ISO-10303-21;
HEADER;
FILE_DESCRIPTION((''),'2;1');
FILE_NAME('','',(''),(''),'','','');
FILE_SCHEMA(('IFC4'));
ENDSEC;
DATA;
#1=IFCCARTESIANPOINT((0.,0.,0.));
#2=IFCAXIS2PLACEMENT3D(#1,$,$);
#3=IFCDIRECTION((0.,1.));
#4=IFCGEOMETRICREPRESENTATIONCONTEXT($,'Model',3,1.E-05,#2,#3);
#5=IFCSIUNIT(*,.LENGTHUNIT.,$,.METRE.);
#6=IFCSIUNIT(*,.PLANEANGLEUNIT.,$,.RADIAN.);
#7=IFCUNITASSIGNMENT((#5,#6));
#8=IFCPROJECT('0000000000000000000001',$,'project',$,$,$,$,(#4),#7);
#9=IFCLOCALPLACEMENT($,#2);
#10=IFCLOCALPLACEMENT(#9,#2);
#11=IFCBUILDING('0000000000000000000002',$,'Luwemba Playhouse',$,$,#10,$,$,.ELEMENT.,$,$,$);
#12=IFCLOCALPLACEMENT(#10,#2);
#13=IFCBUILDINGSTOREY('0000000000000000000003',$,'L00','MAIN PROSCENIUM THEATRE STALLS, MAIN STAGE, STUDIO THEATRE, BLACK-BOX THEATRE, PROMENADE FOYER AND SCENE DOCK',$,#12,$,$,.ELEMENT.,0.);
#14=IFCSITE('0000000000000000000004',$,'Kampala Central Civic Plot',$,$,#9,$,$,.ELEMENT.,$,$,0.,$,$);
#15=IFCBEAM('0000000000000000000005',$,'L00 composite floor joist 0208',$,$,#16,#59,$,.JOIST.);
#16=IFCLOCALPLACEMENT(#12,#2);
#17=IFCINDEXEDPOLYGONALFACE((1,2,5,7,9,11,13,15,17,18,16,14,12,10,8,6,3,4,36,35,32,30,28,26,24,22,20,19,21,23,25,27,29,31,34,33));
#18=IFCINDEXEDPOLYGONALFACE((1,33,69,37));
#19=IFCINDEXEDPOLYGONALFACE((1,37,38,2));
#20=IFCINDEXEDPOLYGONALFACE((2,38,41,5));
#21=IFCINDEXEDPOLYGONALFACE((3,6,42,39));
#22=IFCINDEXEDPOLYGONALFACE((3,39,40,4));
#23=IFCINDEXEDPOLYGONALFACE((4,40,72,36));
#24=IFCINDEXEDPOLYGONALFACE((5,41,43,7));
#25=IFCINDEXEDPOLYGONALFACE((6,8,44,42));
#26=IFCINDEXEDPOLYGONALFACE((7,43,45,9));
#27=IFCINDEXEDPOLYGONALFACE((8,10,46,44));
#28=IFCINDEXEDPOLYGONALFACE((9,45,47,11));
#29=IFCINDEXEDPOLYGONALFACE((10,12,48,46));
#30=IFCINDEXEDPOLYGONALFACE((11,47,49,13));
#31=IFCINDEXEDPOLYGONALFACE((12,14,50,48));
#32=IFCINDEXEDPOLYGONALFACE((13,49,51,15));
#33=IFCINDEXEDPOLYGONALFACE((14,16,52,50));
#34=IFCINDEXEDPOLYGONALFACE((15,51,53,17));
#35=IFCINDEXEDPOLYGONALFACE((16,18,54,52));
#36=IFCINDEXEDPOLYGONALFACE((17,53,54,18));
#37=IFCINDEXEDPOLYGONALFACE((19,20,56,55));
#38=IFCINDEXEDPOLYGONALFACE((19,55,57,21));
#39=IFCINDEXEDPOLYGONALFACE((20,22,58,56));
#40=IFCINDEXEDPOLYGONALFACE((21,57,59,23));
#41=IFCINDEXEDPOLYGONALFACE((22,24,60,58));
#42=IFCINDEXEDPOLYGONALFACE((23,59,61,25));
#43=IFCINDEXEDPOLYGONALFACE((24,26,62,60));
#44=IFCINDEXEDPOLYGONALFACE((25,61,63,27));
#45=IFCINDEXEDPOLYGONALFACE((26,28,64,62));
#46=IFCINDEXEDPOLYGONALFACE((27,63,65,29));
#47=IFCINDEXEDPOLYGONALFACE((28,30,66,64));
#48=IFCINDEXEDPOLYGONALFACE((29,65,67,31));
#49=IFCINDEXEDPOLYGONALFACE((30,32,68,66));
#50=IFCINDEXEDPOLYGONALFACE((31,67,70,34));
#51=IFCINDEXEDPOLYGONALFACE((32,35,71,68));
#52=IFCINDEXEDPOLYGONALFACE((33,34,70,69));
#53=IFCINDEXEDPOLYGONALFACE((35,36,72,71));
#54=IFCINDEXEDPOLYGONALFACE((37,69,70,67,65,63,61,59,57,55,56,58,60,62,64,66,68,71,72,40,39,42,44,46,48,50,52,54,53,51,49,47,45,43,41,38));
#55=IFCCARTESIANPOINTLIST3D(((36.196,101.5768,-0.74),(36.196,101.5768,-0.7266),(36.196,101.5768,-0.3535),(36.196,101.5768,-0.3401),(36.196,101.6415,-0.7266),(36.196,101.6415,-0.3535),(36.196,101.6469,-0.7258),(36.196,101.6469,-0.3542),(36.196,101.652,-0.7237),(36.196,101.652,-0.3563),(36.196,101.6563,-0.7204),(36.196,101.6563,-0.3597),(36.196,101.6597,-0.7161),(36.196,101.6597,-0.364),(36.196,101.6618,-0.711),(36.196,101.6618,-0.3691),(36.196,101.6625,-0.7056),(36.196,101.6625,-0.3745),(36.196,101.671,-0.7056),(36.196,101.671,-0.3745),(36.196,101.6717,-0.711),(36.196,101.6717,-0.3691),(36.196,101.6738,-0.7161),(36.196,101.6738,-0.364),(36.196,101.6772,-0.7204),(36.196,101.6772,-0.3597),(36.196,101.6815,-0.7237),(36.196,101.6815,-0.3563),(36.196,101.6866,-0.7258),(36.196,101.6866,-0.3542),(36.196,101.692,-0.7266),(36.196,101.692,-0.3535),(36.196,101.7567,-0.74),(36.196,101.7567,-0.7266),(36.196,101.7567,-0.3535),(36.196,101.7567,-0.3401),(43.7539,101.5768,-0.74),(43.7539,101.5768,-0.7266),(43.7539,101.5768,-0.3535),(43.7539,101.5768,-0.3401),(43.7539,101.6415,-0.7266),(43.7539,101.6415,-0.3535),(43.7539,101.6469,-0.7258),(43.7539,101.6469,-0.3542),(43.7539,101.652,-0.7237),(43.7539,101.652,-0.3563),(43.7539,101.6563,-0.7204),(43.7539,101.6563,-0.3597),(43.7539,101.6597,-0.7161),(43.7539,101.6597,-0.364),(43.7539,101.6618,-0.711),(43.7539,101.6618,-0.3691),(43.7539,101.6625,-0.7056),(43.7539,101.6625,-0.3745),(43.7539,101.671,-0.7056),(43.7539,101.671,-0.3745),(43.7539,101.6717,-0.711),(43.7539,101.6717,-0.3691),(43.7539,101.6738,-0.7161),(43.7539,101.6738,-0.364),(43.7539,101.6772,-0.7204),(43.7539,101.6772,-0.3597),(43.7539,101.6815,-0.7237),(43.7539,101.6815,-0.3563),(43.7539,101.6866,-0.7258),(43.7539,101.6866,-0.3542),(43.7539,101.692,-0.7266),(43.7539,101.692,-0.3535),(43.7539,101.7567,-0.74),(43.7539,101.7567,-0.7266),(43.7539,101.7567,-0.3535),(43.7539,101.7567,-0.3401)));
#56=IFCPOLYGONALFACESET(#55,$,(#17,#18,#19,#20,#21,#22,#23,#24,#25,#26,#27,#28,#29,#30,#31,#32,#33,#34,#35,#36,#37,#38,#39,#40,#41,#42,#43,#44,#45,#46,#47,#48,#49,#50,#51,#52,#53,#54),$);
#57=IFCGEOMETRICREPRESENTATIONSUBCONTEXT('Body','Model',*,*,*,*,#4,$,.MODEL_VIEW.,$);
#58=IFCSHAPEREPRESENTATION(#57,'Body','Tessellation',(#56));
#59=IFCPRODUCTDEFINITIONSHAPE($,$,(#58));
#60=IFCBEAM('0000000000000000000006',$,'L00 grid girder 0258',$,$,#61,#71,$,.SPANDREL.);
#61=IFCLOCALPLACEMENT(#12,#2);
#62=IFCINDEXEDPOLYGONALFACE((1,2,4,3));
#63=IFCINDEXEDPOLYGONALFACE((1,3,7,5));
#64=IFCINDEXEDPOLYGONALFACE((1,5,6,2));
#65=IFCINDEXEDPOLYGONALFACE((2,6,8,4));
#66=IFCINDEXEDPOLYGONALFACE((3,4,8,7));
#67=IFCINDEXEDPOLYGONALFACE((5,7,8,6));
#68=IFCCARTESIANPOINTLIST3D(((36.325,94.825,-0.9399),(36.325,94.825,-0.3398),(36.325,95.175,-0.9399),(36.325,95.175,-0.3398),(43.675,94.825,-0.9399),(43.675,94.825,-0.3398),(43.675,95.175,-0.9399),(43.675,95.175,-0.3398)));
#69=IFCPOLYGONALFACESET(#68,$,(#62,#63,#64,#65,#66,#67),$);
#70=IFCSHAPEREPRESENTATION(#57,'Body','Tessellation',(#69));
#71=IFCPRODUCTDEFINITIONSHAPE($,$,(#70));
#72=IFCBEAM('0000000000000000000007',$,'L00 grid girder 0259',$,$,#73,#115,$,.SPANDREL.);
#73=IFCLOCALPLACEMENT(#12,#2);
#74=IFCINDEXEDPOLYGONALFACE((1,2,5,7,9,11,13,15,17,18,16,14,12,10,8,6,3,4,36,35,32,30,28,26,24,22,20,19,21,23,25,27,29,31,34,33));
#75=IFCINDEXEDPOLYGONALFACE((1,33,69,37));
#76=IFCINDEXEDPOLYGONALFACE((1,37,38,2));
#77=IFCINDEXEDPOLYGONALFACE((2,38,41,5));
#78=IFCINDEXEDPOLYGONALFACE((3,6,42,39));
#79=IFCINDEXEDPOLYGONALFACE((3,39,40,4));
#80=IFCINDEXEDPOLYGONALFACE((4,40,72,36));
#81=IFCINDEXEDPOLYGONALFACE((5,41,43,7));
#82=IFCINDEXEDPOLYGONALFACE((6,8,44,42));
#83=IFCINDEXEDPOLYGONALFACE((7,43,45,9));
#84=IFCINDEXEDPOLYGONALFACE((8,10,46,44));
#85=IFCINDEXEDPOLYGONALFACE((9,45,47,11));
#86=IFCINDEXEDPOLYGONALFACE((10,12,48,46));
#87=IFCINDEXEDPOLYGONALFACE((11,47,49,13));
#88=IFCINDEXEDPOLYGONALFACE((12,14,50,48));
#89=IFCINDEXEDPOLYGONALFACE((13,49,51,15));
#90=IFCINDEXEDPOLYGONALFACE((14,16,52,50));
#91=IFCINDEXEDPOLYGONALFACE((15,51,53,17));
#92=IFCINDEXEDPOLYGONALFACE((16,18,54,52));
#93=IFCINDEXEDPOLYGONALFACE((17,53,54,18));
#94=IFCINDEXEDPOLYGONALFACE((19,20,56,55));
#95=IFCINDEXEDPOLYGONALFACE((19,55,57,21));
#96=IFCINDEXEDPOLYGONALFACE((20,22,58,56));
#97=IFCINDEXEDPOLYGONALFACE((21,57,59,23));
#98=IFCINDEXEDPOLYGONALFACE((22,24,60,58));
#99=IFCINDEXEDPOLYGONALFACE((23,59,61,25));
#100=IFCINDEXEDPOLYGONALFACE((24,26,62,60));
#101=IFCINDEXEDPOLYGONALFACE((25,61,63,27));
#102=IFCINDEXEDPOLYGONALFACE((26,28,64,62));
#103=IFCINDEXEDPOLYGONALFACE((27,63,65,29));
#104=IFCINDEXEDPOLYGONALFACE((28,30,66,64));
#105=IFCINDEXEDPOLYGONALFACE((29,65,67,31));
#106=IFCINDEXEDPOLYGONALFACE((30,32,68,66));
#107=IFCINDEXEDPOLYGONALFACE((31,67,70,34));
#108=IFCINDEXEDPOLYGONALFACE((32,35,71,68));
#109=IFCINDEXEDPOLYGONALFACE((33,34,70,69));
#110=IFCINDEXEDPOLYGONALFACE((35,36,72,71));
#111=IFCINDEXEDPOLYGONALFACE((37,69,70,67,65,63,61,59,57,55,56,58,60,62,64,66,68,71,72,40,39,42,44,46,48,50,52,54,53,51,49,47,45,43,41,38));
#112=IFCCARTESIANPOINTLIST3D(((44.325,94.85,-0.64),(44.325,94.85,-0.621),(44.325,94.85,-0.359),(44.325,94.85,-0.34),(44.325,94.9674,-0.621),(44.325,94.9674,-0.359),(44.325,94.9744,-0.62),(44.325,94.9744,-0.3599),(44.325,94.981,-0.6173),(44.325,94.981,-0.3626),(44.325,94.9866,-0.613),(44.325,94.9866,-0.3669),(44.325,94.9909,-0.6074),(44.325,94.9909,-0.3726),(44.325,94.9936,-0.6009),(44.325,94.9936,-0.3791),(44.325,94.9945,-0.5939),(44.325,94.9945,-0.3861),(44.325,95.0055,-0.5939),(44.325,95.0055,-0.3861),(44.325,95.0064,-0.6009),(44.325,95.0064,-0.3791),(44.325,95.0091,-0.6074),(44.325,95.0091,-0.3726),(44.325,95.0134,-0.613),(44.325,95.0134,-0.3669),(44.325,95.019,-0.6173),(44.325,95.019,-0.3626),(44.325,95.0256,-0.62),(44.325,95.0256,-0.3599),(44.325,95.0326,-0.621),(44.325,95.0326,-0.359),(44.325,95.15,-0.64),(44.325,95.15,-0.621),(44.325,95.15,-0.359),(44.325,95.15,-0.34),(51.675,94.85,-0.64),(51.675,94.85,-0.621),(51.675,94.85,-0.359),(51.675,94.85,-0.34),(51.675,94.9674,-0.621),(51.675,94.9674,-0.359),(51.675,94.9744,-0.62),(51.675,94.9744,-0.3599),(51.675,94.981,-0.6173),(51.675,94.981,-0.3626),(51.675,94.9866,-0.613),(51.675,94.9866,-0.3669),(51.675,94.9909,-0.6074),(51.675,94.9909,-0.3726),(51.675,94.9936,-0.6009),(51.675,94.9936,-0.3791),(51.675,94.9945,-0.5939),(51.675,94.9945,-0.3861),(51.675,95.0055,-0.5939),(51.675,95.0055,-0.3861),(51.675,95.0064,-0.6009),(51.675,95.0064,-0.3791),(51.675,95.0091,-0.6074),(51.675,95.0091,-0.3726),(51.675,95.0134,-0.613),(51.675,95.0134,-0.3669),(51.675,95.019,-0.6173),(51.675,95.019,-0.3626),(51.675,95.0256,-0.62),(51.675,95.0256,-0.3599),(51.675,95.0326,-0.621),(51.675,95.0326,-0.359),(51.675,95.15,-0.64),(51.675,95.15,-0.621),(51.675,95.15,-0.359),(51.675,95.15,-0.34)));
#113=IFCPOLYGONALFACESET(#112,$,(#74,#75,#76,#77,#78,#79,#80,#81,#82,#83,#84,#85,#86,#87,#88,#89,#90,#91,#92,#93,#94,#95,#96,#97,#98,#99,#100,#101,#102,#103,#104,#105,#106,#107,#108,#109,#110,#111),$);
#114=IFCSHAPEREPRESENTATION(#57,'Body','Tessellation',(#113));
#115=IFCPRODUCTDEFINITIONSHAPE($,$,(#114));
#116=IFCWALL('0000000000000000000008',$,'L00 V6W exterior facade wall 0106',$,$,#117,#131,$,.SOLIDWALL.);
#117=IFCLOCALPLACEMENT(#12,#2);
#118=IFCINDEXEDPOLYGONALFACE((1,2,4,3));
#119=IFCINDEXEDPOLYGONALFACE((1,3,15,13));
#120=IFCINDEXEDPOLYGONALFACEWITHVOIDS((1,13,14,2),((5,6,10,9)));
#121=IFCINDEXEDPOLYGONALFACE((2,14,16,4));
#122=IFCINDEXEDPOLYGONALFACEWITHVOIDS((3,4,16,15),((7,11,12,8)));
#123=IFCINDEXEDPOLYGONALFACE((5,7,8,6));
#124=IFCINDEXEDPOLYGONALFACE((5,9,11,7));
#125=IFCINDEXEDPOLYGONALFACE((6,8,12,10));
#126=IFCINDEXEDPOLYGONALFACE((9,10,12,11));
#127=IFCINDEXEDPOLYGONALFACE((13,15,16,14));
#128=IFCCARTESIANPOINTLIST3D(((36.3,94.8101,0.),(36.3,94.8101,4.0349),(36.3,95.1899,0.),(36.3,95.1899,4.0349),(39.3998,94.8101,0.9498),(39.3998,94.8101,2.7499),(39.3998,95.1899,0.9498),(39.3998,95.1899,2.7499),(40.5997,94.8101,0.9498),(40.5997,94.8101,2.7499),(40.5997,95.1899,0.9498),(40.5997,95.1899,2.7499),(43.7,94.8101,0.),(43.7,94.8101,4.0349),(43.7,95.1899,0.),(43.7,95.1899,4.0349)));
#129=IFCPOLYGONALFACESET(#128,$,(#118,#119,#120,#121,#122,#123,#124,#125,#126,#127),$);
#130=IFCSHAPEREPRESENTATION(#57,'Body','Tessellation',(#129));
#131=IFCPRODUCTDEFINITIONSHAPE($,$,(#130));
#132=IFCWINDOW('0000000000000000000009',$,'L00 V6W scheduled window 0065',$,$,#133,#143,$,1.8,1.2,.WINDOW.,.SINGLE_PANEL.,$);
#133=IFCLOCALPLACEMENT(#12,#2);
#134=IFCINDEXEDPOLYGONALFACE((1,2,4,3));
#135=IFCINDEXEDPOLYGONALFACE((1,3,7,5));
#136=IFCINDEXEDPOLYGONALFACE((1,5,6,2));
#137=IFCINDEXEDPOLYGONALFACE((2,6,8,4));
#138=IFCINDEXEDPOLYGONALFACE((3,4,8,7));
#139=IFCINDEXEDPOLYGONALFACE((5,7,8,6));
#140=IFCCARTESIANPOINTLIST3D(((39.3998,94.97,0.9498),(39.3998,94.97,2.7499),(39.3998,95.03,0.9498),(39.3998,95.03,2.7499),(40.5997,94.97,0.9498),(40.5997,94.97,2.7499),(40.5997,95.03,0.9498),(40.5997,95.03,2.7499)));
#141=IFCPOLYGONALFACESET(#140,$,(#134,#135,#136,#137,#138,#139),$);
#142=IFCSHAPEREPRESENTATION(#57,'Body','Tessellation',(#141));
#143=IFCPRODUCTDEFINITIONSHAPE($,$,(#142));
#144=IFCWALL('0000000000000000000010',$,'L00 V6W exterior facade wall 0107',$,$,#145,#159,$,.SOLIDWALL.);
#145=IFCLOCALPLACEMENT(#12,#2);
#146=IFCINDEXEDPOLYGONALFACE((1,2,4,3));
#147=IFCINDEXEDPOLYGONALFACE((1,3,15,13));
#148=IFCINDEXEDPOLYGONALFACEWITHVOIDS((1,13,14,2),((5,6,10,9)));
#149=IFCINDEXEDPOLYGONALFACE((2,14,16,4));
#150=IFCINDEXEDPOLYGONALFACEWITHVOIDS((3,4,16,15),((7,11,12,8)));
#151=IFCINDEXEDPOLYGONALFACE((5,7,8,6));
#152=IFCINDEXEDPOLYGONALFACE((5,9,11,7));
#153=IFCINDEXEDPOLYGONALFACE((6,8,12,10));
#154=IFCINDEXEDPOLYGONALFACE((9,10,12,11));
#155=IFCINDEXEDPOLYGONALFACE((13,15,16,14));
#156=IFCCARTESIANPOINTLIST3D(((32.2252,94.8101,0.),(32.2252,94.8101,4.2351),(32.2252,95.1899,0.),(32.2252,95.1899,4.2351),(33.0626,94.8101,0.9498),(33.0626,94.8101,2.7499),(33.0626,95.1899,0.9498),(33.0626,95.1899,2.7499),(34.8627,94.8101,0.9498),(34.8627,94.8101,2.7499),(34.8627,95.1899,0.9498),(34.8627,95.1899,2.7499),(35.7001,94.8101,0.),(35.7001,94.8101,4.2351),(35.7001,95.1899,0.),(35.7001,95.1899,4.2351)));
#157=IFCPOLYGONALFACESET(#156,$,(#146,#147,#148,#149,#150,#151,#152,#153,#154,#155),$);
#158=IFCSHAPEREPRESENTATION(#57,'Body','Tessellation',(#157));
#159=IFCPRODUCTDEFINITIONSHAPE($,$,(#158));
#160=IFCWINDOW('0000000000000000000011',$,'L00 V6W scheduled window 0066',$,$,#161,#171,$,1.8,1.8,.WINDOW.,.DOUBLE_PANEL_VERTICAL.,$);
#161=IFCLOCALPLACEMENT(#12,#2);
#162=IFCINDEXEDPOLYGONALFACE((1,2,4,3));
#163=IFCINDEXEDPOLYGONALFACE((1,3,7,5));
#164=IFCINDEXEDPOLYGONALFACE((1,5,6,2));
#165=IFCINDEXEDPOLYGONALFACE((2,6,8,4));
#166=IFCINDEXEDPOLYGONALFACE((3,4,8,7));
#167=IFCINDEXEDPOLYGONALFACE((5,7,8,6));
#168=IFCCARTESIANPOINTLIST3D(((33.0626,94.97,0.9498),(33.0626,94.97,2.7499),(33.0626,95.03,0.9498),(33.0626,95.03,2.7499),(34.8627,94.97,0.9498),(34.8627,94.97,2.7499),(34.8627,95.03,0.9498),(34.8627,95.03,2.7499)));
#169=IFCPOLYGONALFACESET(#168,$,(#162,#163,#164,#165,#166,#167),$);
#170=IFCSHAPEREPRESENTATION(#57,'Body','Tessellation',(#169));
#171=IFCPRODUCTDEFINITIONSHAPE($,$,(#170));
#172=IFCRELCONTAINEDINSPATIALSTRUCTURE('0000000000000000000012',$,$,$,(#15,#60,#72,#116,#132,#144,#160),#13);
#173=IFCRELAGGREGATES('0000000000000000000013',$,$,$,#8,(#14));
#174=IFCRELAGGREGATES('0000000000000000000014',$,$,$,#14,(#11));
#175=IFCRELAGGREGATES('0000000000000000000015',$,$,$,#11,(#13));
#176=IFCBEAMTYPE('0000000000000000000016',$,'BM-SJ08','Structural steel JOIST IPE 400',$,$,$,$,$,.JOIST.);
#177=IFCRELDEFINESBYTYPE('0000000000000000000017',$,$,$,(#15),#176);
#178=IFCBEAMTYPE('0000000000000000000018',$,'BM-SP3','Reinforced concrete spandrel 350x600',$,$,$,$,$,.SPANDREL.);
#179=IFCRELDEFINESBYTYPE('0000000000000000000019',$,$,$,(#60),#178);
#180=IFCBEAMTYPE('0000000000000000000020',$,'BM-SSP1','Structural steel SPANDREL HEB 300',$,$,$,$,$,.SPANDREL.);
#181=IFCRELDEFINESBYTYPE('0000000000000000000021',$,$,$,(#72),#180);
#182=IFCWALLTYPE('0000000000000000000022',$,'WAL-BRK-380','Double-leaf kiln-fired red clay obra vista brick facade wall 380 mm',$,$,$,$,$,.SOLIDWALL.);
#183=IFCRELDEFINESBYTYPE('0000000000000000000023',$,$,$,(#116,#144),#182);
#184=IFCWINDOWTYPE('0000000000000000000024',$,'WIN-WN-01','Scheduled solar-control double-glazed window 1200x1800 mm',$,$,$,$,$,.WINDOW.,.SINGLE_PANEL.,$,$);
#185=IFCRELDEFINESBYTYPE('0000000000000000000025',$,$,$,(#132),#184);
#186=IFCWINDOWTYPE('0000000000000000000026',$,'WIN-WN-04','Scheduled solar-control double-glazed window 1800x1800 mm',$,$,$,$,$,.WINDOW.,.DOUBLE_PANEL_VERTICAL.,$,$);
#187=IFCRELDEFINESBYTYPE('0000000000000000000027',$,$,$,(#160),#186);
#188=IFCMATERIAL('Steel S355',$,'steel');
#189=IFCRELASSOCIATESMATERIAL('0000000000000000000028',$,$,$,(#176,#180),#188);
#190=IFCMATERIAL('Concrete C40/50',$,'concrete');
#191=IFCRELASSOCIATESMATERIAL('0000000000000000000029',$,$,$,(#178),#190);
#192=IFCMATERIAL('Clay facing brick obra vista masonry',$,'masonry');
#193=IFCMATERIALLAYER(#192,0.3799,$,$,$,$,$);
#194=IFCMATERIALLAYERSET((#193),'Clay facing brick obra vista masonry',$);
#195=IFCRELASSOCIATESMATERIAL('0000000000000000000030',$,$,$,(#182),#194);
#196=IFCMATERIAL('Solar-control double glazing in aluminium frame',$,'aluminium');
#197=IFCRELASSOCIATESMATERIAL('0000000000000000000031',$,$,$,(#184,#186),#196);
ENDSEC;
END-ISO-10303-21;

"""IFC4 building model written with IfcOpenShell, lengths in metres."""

from ifc_helpers import new_model, si_unit, direction, frame, frame_2d, origin, origin_2d, place, context, subcontext, project, spatial, rectangle, i_section, extrude, material, layer, layer_set, material_profile, profile_set, type_object, element, fill, save


model = new_model("IFC4")

# Units and contexts
model_context = context("Model", 3, precision=1e-05, world=origin(), true_north=direction((0.0, 1.0)))
body_context = subcontext(model_context, "Body", "Model", "MODEL_VIEW")
ifc_project = project(units=[si_unit("LENGTHUNIT", "METRE"), si_unit("PLANEANGLEUNIT", "RADIAN")], contexts=[model_context])

# Site, building, storey
site_placement = place(None, origin())
site = spatial("IfcSite", under=ifc_project, at=site_placement, Name="Kampala Central Civic Plot", CompositionType="ELEMENT", RefElevation=0.0)
building_placement = place(site_placement, origin())
building = spatial("IfcBuilding", under=site, at=building_placement, Name="Luwemba Playhouse", CompositionType="ELEMENT")
storey_placement = place(building_placement, origin())
storey = spatial("IfcBuildingStorey", under=building, at=storey_placement, Name="L00", Description="MAIN PROSCENIUM THEATRE STALLS, MAIN STAGE, STUDIO THEATRE, BLACK-BOX THEATRE, PROMENADE FOYER AND SCENE DOCK", CompositionType="ELEMENT", Elevation=0.0)

# Shared definitions
ifc_material_1 = material(Name="Concrete C40/50", Category="concrete")

# Beams
ifc_material_2 = material(Name="Steel S355", Category="steel")
ifc_material_profile_1 = material_profile(ifc_material_2, i_section(OverallWidth=0.1799, OverallDepth=0.3999, WebThickness=0.0085, FlangeThickness=0.0134, FilletRadius=0.021, at=origin_2d()))
ifc_profile_set_1 = profile_set([ifc_material_profile_1], Name="Steel S355")
beam_type_1 = type_object("IfcBeamType", Name="BM-SJ08", Description="Structural steel JOIST IPE 400", PredefinedType="JOIST", material=ifc_profile_set_1)
beam_1_placement = place(storey_placement, frame((36.196, 101.6667, -0.54), z_axis=(1.0, 0.0, 0.0), x_axis=(0.0, 1.0, 0.0)))
element("IfcBeam", 1, at=beam_1_placement, inside=storey, type_object=beam_type_1, Name="L00 composite floor joist 0208", PredefinedType="JOIST", context=body_context, shape_type="SweptSolid", body=[
    extrude(i_section(OverallWidth=0.1799, OverallDepth=0.3999, WebThickness=0.0085, FlangeThickness=0.0134, FilletRadius=0.021, at=origin_2d()), origin(), (0.0, 0.0, 1.0), 7.5579),
])
ifc_material_profile_2 = material_profile(ifc_material_1, rectangle(XDim=0.3501, YDim=0.6001, at=origin_2d()))
ifc_profile_set_2 = profile_set([ifc_material_profile_2], Name="Concrete C40/50")
beam_type_2 = type_object("IfcBeamType", Name="BM-SP3", Description="Reinforced concrete spandrel 350x600", PredefinedType="SPANDREL", material=ifc_profile_set_2)
beam_2_placement = place(storey_placement, frame((36.325, 95.0, -0.6399), z_axis=(1.0, 0.0, 0.0), x_axis=(0.0, 1.0, 0.0)))
element("IfcBeam", 2, at=beam_2_placement, inside=storey, type_object=beam_type_2, Name="L00 grid girder 0258", PredefinedType="SPANDREL", context=body_context, shape_type="SweptSolid", body=[
    extrude(rectangle(XDim=0.3501, YDim=0.6001, at=origin_2d()), origin(), (0.0, 0.0, 1.0), 7.3501),
])
ifc_material_profile_3 = material_profile(ifc_material_2, i_section(OverallWidth=0.3, OverallDepth=0.3, WebThickness=0.011, FlangeThickness=0.019, FilletRadius=0.0271, at=origin_2d()))
ifc_profile_set_3 = profile_set([ifc_material_profile_3], Name="Steel S355")
beam_type_3 = type_object("IfcBeamType", Name="BM-SSP1", Description="Structural steel SPANDREL HEB 300", PredefinedType="SPANDREL", material=ifc_profile_set_3)
beam_3_placement = place(storey_placement, frame((44.325, 95.0, -0.49), z_axis=(1.0, 0.0, 0.0), x_axis=(0.0, 1.0, 0.0)))
element("IfcBeam", 3, at=beam_3_placement, inside=storey, type_object=beam_type_3, Name="L00 grid girder 0259", PredefinedType="SPANDREL", context=body_context, shape_type="SweptSolid", body=[
    extrude(i_section(OverallWidth=0.3, OverallDepth=0.3, WebThickness=0.011, FlangeThickness=0.019, FilletRadius=0.0271, at=origin_2d()), origin(), (0.0, 0.0, 1.0), 7.3501),
])

# Walls, openings, windows
ifc_material_3 = material(Name="Clay facing brick obra vista masonry", Category="masonry")
ifc_layer_1 = layer(ifc_material_3, 0.3799)
ifc_layer_set_1 = layer_set([ifc_layer_1], Name="Clay facing brick obra vista masonry")
wall_type_1 = type_object("IfcWallType", Name="WAL-BRK-380", Description="Double-leaf kiln-fired red clay obra vista brick facade wall 380 mm", PredefinedType="SOLIDWALL", material=ifc_layer_set_1)
wall_1_placement = place(storey_placement, frame((43.7, 95.0, 0.0), z_axis=(0.0, 0.0, 1.0), x_axis=(-1.0, 0.0, 0.0)))
wall_1 = element("IfcWall", 4, at=wall_1_placement, inside=storey, type_object=wall_type_1, Name="L00 V6W exterior facade wall 0106", PredefinedType="SOLIDWALL", context=body_context, shape_type="SweptSolid", body=[
    extrude(rectangle(XDim=7.3999, YDim=0.3799, at=frame_2d((3.7, 0.0))), origin(), (0.0, 0.0, 1.0), 4.0349),
])
opening_1_placement = place(wall_1_placement, frame((3.1001, 0.0, 0.95)))
opening_1 = element("IfcOpeningElement", 5, at=opening_1_placement, cuts=wall_1, PredefinedType="OPENING", context=body_context, shape_type="SweptSolid", body=[
    extrude(rectangle(XDim=1.2, YDim=1.8, at=frame_2d((0.6001, 0.8999))), frame((0.0, 0.2, 0.0), z_axis=(0.0, -1.0, 0.0), x_axis=(1.0, 0.0, 0.0)), (0.0, 0.0, 1.0), 0.3999),
])
ifc_material_4 = material(Name="Solar-control double glazing in aluminium frame", Category="aluminium")
window_type_1 = type_object("IfcWindowType", Name="WIN-WN-01", Description="Scheduled solar-control double-glazed window 1200x1800 mm", PartitioningType="SINGLE_PANEL", PredefinedType="WINDOW", material=ifc_material_4)
window_1_placement = place(opening_1_placement, origin())
window_1 = element("IfcWindow", 6, at=window_1_placement, inside=storey, type_object=window_type_1, Name="L00 V6W scheduled window 0065", OverallHeight=1.8, OverallWidth=1.2, PartitioningType="SINGLE_PANEL", PredefinedType="WINDOW", context=body_context, shape_type="SweptSolid", body=[
    extrude(rectangle(XDim=1.2, YDim=1.8, at=frame_2d((0.6001, 0.8999))), frame((0.0, 0.03, 0.0), z_axis=(0.0, -1.0, 0.0), x_axis=(1.0, 0.0, 0.0)), (0.0, 0.0, 1.0), 0.0601),
])
fill(opening_1, window_1)
wall_2_placement = place(storey_placement, frame((35.7, 95.0, 0.0), z_axis=(0.0, 0.0, 1.0), x_axis=(-1.0, 0.0, 0.0)))
wall_2 = element("IfcWall", 7, at=wall_2_placement, inside=storey, type_object=wall_type_1, Name="L00 V6W exterior facade wall 0107", PredefinedType="SOLIDWALL", context=body_context, shape_type="SweptSolid", body=[
    extrude(rectangle(XDim=3.4749, YDim=0.3799, at=frame_2d((1.7373, 0.0))), origin(), (0.0, 0.0, 1.0), 4.2351),
])
opening_2_placement = place(wall_2_placement, frame((0.8374, 0.0, 0.95)))
opening_2 = element("IfcOpeningElement", 8, at=opening_2_placement, cuts=wall_2, PredefinedType="OPENING", context=body_context, shape_type="SweptSolid", body=[
    extrude(rectangle(XDim=1.8, YDim=1.8, at=frame_2d((0.8999, 0.8999))), frame((0.0, 0.2, 0.0), z_axis=(0.0, -1.0, 0.0), x_axis=(1.0, 0.0, 0.0)), (0.0, 0.0, 1.0), 0.3999),
])
window_type_2 = type_object("IfcWindowType", Name="WIN-WN-04", Description="Scheduled solar-control double-glazed window 1800x1800 mm", PartitioningType="DOUBLE_PANEL_VERTICAL", PredefinedType="WINDOW", material=ifc_material_4)
window_2_placement = place(opening_2_placement, origin())
window_2 = element("IfcWindow", 9, at=window_2_placement, inside=storey, type_object=window_type_2, Name="L00 V6W scheduled window 0066", OverallHeight=1.8, OverallWidth=1.8, PartitioningType="DOUBLE_PANEL_VERTICAL", PredefinedType="WINDOW", context=body_context, shape_type="SweptSolid", body=[
    extrude(rectangle(XDim=1.8, YDim=1.8, at=frame_2d((0.8999, 0.8999))), frame((0.0, 0.03, 0.0), z_axis=(0.0, -1.0, 0.0), x_axis=(1.0, 0.0, 0.0)), (0.0, 0.0, 1.0), 0.0601),
])
fill(opening_2, window_2)

save(model, "model.ifc")
